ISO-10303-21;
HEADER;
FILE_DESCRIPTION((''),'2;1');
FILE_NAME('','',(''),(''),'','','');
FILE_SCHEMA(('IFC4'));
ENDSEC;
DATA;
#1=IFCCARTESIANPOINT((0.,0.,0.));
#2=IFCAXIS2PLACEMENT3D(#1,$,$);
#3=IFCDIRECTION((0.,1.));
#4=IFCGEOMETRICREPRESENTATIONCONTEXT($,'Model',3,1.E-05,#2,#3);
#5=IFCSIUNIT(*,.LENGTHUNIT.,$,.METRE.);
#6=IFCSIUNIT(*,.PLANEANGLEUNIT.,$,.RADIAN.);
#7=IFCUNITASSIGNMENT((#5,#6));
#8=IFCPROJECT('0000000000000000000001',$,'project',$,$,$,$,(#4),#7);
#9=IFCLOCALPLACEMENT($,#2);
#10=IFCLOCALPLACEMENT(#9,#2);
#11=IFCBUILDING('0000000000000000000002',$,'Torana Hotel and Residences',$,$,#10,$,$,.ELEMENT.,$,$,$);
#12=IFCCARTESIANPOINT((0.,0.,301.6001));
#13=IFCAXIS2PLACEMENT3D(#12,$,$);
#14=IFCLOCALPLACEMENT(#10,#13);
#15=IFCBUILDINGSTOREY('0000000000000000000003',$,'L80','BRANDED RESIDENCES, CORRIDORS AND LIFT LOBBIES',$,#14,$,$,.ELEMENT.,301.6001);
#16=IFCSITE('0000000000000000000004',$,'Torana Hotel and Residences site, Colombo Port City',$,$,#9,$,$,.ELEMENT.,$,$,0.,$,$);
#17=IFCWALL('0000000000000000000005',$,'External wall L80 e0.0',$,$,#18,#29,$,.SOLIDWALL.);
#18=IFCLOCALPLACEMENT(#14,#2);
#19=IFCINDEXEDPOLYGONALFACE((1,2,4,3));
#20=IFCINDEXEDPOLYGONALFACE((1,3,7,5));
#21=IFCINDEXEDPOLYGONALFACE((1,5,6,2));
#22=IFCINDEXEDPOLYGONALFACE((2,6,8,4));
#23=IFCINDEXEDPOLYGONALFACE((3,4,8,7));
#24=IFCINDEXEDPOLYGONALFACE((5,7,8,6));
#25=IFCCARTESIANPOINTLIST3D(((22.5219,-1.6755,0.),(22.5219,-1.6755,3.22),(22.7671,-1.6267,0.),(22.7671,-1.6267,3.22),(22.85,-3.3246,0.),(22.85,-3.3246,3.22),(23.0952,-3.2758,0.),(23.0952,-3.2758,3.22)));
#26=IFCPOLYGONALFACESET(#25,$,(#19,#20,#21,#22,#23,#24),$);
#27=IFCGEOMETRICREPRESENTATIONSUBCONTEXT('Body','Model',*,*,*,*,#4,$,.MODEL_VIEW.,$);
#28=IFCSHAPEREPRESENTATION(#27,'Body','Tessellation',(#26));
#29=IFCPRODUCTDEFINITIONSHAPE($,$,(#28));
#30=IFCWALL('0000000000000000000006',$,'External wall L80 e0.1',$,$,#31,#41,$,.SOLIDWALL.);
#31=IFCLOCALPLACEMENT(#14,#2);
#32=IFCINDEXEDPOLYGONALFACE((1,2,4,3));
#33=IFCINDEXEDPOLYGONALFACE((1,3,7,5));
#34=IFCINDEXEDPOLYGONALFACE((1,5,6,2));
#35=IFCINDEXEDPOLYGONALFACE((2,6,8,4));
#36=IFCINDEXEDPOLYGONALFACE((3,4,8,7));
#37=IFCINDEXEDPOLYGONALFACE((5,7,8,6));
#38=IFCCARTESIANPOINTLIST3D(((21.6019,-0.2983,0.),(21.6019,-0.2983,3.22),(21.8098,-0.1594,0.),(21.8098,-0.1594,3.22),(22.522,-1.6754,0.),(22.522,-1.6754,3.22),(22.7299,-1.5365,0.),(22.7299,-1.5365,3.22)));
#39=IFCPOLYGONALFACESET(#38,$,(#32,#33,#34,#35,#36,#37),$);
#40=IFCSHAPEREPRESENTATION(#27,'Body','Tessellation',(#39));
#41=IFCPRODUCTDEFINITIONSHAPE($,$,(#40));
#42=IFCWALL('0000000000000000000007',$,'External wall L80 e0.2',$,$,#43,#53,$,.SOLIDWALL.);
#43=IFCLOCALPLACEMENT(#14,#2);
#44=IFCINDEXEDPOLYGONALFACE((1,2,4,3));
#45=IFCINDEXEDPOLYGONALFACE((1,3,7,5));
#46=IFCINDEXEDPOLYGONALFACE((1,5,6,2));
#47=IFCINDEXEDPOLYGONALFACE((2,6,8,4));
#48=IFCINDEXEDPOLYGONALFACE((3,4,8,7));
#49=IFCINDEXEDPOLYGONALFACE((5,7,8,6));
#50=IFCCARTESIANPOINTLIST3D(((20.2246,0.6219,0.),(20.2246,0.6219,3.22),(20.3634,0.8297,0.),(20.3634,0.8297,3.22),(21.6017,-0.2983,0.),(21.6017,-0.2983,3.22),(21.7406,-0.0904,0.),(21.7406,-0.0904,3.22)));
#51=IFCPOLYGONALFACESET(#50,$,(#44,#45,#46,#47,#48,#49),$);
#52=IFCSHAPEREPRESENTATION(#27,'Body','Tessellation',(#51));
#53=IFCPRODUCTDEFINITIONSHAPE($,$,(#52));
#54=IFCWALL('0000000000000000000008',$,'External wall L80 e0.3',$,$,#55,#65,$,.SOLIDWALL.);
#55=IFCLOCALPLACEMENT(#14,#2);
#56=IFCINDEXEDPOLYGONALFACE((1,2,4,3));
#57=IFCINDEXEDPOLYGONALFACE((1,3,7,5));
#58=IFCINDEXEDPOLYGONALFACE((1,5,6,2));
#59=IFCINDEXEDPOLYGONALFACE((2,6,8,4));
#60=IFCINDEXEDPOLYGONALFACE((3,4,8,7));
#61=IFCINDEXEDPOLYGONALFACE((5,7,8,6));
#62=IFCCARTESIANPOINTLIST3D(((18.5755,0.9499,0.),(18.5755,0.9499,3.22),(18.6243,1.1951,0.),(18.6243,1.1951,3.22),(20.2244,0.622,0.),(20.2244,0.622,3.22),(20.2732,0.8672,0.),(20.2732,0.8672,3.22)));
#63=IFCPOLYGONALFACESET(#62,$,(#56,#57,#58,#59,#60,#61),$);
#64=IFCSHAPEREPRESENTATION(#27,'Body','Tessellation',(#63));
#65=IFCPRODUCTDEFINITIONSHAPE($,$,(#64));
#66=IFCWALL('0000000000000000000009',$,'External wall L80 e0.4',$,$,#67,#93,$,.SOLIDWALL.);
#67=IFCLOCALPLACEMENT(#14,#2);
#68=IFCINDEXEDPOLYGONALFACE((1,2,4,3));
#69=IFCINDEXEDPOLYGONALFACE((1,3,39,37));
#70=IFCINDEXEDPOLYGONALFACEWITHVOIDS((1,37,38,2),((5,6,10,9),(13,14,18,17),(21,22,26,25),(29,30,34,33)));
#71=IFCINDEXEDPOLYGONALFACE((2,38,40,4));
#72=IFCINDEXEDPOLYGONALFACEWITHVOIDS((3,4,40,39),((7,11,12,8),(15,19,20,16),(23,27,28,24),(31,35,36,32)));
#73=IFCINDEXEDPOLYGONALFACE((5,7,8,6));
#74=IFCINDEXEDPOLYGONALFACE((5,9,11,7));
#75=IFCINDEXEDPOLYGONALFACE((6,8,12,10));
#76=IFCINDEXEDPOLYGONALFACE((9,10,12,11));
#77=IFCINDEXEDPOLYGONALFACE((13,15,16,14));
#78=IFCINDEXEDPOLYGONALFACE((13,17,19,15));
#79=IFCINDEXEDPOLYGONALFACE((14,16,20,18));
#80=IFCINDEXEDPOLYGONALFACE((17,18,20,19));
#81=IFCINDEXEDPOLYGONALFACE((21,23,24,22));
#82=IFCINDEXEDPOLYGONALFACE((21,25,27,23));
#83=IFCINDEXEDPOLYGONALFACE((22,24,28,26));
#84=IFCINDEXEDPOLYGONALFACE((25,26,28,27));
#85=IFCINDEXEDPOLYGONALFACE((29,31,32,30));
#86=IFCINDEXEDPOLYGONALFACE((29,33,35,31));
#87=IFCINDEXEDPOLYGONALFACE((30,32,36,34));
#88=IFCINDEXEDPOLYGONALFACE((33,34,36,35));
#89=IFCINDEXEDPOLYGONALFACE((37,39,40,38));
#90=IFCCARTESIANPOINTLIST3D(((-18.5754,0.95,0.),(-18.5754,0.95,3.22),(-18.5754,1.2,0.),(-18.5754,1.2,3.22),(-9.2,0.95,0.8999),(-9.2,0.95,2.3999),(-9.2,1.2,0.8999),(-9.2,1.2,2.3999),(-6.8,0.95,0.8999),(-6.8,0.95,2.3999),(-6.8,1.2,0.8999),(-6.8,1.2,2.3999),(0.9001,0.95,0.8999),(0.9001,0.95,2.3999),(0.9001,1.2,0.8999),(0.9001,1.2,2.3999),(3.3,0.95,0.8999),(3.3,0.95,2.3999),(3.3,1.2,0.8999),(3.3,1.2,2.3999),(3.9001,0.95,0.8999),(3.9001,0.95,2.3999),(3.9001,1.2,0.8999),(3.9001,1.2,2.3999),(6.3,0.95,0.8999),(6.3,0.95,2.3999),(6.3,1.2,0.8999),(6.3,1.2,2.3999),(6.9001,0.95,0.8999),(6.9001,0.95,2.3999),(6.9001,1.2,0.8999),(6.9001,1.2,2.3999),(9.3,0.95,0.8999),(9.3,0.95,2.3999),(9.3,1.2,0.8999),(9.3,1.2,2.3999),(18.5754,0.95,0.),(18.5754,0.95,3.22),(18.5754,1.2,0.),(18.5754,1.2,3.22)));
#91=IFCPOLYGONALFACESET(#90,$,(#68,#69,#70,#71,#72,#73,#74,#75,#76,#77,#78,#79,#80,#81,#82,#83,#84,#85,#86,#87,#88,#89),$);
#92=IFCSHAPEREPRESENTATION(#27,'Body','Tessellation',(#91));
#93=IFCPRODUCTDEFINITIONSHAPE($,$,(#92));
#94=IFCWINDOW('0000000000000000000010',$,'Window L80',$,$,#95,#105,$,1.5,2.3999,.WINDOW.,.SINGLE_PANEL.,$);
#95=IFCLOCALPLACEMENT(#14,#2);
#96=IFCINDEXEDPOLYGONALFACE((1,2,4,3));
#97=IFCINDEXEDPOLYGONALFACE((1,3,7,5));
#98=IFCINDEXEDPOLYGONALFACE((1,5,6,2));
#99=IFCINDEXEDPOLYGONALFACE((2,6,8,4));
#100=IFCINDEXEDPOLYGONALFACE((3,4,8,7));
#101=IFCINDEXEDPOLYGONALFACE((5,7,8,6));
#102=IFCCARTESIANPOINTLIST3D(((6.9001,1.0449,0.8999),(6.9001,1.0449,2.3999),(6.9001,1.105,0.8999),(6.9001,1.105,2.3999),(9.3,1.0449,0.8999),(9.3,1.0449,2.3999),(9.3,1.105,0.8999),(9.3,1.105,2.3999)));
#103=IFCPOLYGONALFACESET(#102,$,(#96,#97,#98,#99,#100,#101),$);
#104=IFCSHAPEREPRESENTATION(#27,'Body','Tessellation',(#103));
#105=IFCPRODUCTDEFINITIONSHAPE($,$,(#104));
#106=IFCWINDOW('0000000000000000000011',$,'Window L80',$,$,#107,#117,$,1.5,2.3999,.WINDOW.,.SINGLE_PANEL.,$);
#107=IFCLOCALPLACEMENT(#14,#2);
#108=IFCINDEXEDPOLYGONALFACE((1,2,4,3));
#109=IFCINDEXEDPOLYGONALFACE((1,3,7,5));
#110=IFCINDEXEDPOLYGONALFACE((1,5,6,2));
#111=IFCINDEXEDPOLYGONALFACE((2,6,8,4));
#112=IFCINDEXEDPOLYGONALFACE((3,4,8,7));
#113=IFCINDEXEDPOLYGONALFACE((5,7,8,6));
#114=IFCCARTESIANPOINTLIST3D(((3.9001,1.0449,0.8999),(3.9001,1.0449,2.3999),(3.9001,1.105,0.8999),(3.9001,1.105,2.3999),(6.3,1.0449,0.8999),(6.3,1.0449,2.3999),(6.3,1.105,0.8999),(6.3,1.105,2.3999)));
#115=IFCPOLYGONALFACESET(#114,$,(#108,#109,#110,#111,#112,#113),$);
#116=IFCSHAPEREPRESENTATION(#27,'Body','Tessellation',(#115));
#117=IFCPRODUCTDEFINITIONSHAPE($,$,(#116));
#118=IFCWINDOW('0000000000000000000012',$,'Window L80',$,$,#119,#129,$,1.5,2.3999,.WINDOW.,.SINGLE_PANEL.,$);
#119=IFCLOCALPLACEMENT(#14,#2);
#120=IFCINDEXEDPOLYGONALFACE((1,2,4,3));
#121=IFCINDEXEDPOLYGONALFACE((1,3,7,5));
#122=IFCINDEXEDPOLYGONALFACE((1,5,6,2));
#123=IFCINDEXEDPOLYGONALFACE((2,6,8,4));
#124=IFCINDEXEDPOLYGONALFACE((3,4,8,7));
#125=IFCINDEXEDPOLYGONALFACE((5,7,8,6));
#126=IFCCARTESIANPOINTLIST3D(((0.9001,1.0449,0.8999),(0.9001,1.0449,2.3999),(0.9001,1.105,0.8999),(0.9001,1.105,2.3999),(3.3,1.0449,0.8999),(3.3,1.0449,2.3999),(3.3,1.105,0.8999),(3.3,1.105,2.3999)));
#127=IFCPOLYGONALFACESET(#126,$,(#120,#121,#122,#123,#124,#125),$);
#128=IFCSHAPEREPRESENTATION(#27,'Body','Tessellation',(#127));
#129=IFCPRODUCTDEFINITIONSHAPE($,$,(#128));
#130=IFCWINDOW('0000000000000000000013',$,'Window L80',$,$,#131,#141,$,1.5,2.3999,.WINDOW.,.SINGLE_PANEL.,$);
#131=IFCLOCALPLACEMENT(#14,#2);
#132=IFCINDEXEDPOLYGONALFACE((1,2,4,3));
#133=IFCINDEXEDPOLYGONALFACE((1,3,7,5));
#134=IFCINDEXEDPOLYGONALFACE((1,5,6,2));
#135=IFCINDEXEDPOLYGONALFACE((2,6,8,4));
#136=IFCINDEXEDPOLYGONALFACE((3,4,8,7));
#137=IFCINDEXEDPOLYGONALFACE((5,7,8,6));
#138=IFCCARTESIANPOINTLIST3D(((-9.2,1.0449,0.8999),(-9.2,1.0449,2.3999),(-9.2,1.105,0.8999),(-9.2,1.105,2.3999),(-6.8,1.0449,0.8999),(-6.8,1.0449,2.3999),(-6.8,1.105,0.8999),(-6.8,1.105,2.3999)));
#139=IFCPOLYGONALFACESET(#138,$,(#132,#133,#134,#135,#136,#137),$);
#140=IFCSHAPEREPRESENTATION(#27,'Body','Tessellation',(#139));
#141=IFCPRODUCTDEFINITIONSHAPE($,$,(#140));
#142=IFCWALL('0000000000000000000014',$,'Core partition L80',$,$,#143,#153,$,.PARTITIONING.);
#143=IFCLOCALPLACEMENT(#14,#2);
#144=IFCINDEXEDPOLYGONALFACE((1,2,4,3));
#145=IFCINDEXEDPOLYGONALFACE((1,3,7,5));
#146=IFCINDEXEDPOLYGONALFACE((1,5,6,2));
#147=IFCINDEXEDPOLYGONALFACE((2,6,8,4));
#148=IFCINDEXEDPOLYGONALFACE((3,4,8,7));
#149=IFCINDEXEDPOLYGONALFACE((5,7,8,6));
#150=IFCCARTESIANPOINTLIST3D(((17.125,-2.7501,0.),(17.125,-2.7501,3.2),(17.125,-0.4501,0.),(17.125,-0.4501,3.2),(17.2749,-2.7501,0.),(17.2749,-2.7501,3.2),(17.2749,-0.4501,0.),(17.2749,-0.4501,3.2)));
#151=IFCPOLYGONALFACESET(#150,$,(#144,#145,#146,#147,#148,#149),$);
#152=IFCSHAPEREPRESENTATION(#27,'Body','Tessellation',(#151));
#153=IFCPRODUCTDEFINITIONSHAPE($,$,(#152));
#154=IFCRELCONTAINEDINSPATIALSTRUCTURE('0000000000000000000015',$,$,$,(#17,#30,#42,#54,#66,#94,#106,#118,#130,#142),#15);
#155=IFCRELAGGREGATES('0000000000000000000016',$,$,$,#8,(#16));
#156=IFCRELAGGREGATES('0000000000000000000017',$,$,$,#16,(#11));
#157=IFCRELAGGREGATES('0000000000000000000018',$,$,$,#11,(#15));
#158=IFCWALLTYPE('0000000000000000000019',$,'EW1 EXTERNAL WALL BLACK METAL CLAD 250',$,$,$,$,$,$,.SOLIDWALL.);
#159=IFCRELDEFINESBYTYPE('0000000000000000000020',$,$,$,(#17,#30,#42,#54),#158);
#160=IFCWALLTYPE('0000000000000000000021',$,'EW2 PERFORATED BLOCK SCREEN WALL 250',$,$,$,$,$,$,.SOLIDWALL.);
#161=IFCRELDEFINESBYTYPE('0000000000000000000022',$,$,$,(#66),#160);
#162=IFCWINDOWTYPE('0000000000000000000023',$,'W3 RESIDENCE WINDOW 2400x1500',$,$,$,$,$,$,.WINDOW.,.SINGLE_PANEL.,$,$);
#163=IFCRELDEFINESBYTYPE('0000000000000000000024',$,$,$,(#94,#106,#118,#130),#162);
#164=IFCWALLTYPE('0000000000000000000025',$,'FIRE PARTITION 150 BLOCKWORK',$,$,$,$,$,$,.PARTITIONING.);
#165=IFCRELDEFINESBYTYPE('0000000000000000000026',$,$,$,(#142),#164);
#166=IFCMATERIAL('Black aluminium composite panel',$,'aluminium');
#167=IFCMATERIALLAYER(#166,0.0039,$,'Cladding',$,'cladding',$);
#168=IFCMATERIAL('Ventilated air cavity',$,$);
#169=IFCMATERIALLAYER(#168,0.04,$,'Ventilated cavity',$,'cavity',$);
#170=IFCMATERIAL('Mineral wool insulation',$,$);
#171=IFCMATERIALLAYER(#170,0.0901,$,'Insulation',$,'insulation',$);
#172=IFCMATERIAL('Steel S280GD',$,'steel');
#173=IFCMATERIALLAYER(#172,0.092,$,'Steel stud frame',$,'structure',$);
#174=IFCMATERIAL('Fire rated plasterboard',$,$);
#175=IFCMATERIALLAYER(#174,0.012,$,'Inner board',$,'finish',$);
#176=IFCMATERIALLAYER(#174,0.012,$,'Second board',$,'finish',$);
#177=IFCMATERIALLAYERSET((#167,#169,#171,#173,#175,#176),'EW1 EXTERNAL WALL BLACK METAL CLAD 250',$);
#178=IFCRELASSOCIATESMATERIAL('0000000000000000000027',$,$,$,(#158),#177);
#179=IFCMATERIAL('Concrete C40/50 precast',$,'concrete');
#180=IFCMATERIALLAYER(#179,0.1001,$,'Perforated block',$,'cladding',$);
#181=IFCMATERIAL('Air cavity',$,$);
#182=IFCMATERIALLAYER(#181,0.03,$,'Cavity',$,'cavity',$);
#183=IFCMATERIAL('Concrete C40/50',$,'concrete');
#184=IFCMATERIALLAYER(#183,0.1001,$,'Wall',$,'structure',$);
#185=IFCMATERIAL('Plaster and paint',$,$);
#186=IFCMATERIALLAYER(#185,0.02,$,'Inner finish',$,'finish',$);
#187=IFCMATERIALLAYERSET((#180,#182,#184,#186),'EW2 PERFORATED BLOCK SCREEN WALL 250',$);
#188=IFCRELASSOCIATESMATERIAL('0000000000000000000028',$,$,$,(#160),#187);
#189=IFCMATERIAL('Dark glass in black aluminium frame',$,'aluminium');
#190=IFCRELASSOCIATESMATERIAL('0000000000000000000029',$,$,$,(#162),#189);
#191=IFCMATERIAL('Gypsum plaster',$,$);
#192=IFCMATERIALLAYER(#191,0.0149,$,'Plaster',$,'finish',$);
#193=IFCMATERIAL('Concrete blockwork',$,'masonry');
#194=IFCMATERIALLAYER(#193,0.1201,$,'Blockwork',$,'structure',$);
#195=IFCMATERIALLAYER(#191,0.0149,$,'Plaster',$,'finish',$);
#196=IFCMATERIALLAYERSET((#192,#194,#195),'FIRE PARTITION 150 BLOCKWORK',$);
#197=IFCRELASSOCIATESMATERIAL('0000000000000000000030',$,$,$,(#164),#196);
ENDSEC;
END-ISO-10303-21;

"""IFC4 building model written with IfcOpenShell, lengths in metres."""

from ifc_helpers import new_model, si_unit, direction, frame, frame_2d, origin, place, context, subcontext, project, spatial, rectangle, extrude, material, layer, layer_set, type_object, element, fill, save


model = new_model("IFC4")

# Units and contexts
model_context = context("Model", 3, precision=1e-05, world=origin(), true_north=direction((0.0, 1.0)))
body_context = subcontext(model_context, "Body", "Model", "MODEL_VIEW")
ifc_project = project(units=[si_unit("LENGTHUNIT", "METRE"), si_unit("PLANEANGLEUNIT", "RADIAN")], contexts=[model_context])

# Site, building, storey
site_placement = place(None, origin())
site = spatial("IfcSite", under=ifc_project, at=site_placement, Name="Torana Hotel and Residences site, Colombo Port City", CompositionType="ELEMENT", RefElevation=0.0)
building_placement = place(site_placement, origin())
building = spatial("IfcBuilding", under=site, at=building_placement, Name="Torana Hotel and Residences", CompositionType="ELEMENT")
storey_placement = place(building_placement, frame((0.0, 0.0, 301.6001)))
storey = spatial("IfcBuildingStorey", under=building, at=storey_placement, Name="L80", Description="BRANDED RESIDENCES, CORRIDORS AND LIFT LOBBIES", CompositionType="ELEMENT", Elevation=301.6001)

# Walls
ifc_material_1 = material(Name="Black aluminium composite panel", Category="aluminium")
ifc_layer_1 = layer(ifc_material_1, 0.0039, Name="Cladding", Category="cladding")
ifc_material_2 = material(Name="Ventilated air cavity")
ifc_layer_2 = layer(ifc_material_2, 0.04, Name="Ventilated cavity", Category="cavity")
ifc_material_3 = material(Name="Mineral wool insulation")
ifc_layer_3 = layer(ifc_material_3, 0.0901, Name="Insulation", Category="insulation")
ifc_material_4 = material(Name="Steel S280GD", Category="steel")
ifc_layer_4 = layer(ifc_material_4, 0.092, Name="Steel stud frame", Category="structure")
ifc_material_5 = material(Name="Fire rated plasterboard")
ifc_layer_5 = layer(ifc_material_5, 0.012, Name="Inner board", Category="finish")
ifc_layer_6 = layer(ifc_material_5, 0.012, Name="Second board", Category="finish")
ifc_layer_set_1 = layer_set([ifc_layer_1, ifc_layer_2, ifc_layer_3, ifc_layer_4, ifc_layer_5, ifc_layer_6], Name="EW1 EXTERNAL WALL BLACK METAL CLAD 250")
wall_type_1 = type_object("IfcWallType", Name="EW1 EXTERNAL WALL BLACK METAL CLAD 250", PredefinedType="SOLIDWALL", material=ifc_layer_set_1)
wall_1_placement = place(storey_placement, frame((22.9727, -3.3003, 0.0), z_axis=(0.0, 0.0, 1.0), x_axis=(-0.195139, 0.980776, 0.0)))
element("IfcWall", 1, at=wall_1_placement, inside=storey, type_object=wall_type_1, Name="External wall L80 e0.0", PredefinedType="SOLIDWALL", context=body_context, shape_type="SweptSolid", body=[
    extrude(rectangle(XDim=1.6814, YDim=0.25, at=frame_2d((0.8408, 0.0))), origin(), (0.0, 0.0, 1.0), 3.22),
])
for number, where, z_axis, x_axis, name in (
    (2, (22.626, -1.606, 0.0), (0.0, 0.0, 1.0), (-0.55555, 0.831483, 0.0), "External wall L80 e0.1"),
    (3, (21.6711, -0.1943, 0.0), (0.0, 0.0, 1.0), (-0.831483, 0.55555, 0.0), "External wall L80 e0.2"),
):
    element("IfcWall", number, at=place(storey_placement, frame(where, z_axis=z_axis, x_axis=x_axis)), inside=storey, type_object=wall_type_1, Name=name, PredefinedType="SOLIDWALL", context=body_context, shape_type="SweptSolid", body=[
        extrude(rectangle(XDim=1.6562, YDim=0.25, at=frame_2d((0.8281, 0.0))), origin(), (0.0, 0.0, 1.0), 3.22),
    ])
wall_2_placement = place(storey_placement, frame((20.2488, 0.7446, 0.0), z_axis=(0.0, 0.0, 1.0), x_axis=(-0.980798, 0.195027, 0.0)))
element("IfcWall", 4, at=wall_2_placement, inside=storey, type_object=wall_type_1, Name="External wall L80 e0.3", PredefinedType="SOLIDWALL", context=body_context, shape_type="SweptSolid", body=[
    extrude(rectangle(XDim=1.6812, YDim=0.25, at=frame_2d((0.8406, 0.0))), origin(), (0.0, 0.0, 1.0), 3.22),
])

# Wall, openings, windows
ifc_material_6 = material(Name="Concrete C40/50 precast", Category="concrete")
ifc_layer_7 = layer(ifc_material_6, 0.1001, Name="Perforated block", Category="cladding")
ifc_material_7 = material(Name="Air cavity")
ifc_layer_8 = layer(ifc_material_7, 0.03, Name="Cavity", Category="cavity")
ifc_material_8 = material(Name="Concrete C40/50", Category="concrete")
ifc_layer_9 = layer(ifc_material_8, 0.1001, Name="Wall", Category="structure")
ifc_material_9 = material(Name="Plaster and paint")
ifc_layer_10 = layer(ifc_material_9, 0.02, Name="Inner finish", Category="finish")
ifc_layer_set_2 = layer_set([ifc_layer_7, ifc_layer_8, ifc_layer_9, ifc_layer_10], Name="EW2 PERFORATED BLOCK SCREEN WALL 250")
wall_type_2 = type_object("IfcWallType", Name="EW2 PERFORATED BLOCK SCREEN WALL 250", PredefinedType="SOLIDWALL", material=ifc_layer_set_2)
wall_3_placement = place(storey_placement, frame((18.5754, 1.075, 0.0), z_axis=(0.0, 0.0, 1.0), x_axis=(-1.0, 0.0, 0.0)))
wall_3 = element("IfcWall", 5, at=wall_3_placement, inside=storey, type_object=wall_type_2, Name="External wall L80 e0.4", PredefinedType="SOLIDWALL", context=body_context, shape_type="SweptSolid", body=[
    extrude(rectangle(XDim=37.1509, YDim=0.25, at=frame_2d((18.5754, 0.0))), origin(), (0.0, 0.0, 1.0), 3.22),
])
opening_1_placement = place(wall_3_placement, frame((9.2754, 0.0, 0.8999)))
opening_1 = element("IfcOpeningElement", 6, at=opening_1_placement, cuts=wall_3, PredefinedType="OPENING", context=body_context, shape_type="SweptSolid", body=[
    extrude(rectangle(XDim=2.3999, YDim=1.5, at=frame_2d((1.2, 0.75))), frame((0.0, 0.135, 0.0), z_axis=(0.0, -1.0, 0.0), x_axis=(1.0, 0.0, 0.0)), (0.0, 0.0, 1.0), 0.27),
])
opening_2_placement = place(wall_3_placement, frame((12.2754, 0.0, 0.8999)))
opening_2 = element("IfcOpeningElement", 7, at=opening_2_placement, cuts=wall_3, PredefinedType="OPENING", context=body_context, shape_type="SweptSolid", body=[
    extrude(rectangle(XDim=2.3999, YDim=1.5, at=frame_2d((1.2, 0.75))), frame((0.0, 0.135, 0.0), z_axis=(0.0, -1.0, 0.0), x_axis=(1.0, 0.0, 0.0)), (0.0, 0.0, 1.0), 0.27),
])
opening_3_placement = place(wall_3_placement, frame((15.2754, 0.0, 0.8999)))
opening_3 = element("IfcOpeningElement", 8, at=opening_3_placement, cuts=wall_3, PredefinedType="OPENING", context=body_context, shape_type="SweptSolid", body=[
    extrude(rectangle(XDim=2.3999, YDim=1.5, at=frame_2d((1.2, 0.75))), frame((0.0, 0.135, 0.0), z_axis=(0.0, -1.0, 0.0), x_axis=(1.0, 0.0, 0.0)), (0.0, 0.0, 1.0), 0.27),
])
opening_4_placement = place(wall_3_placement, frame((25.3755, 0.0, 0.8999)))
opening_4 = element("IfcOpeningElement", 9, at=opening_4_placement, cuts=wall_3, PredefinedType="OPENING", context=body_context, shape_type="SweptSolid", body=[
    extrude(rectangle(XDim=2.3999, YDim=1.5, at=frame_2d((1.2, 0.75))), frame((0.0, 0.135, 0.0), z_axis=(0.0, -1.0, 0.0), x_axis=(1.0, 0.0, 0.0)), (0.0, 0.0, 1.0), 0.27),
])
ifc_material_10 = material(Name="Dark glass in black aluminium frame", Category="aluminium")
window_type = type_object("IfcWindowType", Name="W3 RESIDENCE WINDOW 2400x1500", PartitioningType="SINGLE_PANEL", PredefinedType="WINDOW", material=ifc_material_10)
window_1_placement = place(opening_1_placement, origin())
window_1 = element("IfcWindow", 10, at=window_1_placement, inside=storey, type_object=window_type, Name="Window L80", OverallHeight=1.5, OverallWidth=2.3999, PartitioningType="SINGLE_PANEL", PredefinedType="WINDOW", context=body_context, shape_type="SweptSolid", body=[
    extrude(rectangle(XDim=2.3999, YDim=1.5, at=frame_2d((1.2, 0.75))), frame((0.0, 0.03, 0.0), z_axis=(0.0, -1.0, 0.0), x_axis=(1.0, 0.0, 0.0)), (0.0, 0.0, 1.0), 0.0601),
])
fill(opening_1, window_1)
window_2_placement = place(opening_2_placement, origin())
window_2 = element("IfcWindow", 11, at=window_2_placement, inside=storey, type_object=window_type, Name="Window L80", OverallHeight=1.5, OverallWidth=2.3999, PartitioningType="SINGLE_PANEL", PredefinedType="WINDOW", context=body_context, shape_type="SweptSolid", body=[
    extrude(rectangle(XDim=2.3999, YDim=1.5, at=frame_2d((1.2, 0.75))), frame((0.0, 0.03, 0.0), z_axis=(0.0, -1.0, 0.0), x_axis=(1.0, 0.0, 0.0)), (0.0, 0.0, 1.0), 0.0601),
])
fill(opening_2, window_2)
window_3_placement = place(opening_3_placement, origin())
window_3 = element("IfcWindow", 12, at=window_3_placement, inside=storey, type_object=window_type, Name="Window L80", OverallHeight=1.5, OverallWidth=2.3999, PartitioningType="SINGLE_PANEL", PredefinedType="WINDOW", context=body_context, shape_type="SweptSolid", body=[
    extrude(rectangle(XDim=2.3999, YDim=1.5, at=frame_2d((1.2, 0.75))), frame((0.0, 0.03, 0.0), z_axis=(0.0, -1.0, 0.0), x_axis=(1.0, 0.0, 0.0)), (0.0, 0.0, 1.0), 0.0601),
])
fill(opening_3, window_3)
window_4_placement = place(opening_4_placement, origin())
window_4 = element("IfcWindow", 13, at=window_4_placement, inside=storey, type_object=window_type, Name="Window L80", OverallHeight=1.5, OverallWidth=2.3999, PartitioningType="SINGLE_PANEL", PredefinedType="WINDOW", context=body_context, shape_type="SweptSolid", body=[
    extrude(rectangle(XDim=2.3999, YDim=1.5, at=frame_2d((1.2, 0.75))), frame((0.0, 0.03, 0.0), z_axis=(0.0, -1.0, 0.0), x_axis=(1.0, 0.0, 0.0)), (0.0, 0.0, 1.0), 0.0601),
])
fill(opening_4, window_4)

# Wall
ifc_material_11 = material(Name="Gypsum plaster")
ifc_layer_11 = layer(ifc_material_11, 0.0149, Name="Plaster", Category="finish")
ifc_material_12 = material(Name="Concrete blockwork", Category="masonry")
ifc_layer_12 = layer(ifc_material_12, 0.1201, Name="Blockwork", Category="structure")
ifc_layer_13 = layer(ifc_material_11, 0.0149, Name="Plaster", Category="finish")
ifc_layer_set_3 = layer_set([ifc_layer_11, ifc_layer_12, ifc_layer_13], Name="FIRE PARTITION 150 BLOCKWORK")
wall_type_3 = type_object("IfcWallType", Name="FIRE PARTITION 150 BLOCKWORK", PredefinedType="PARTITIONING", material=ifc_layer_set_3)
wall_4_placement = place(storey_placement, frame((17.2, -2.75, 0.0), z_axis=(0.0, 0.0, 1.0), x_axis=(0.0, 1.0, 0.0)))
element("IfcWall", 14, at=wall_4_placement, inside=storey, type_object=wall_type_3, Name="Core partition L80", PredefinedType="PARTITIONING", context=body_context, shape_type="SweptSolid", body=[
    extrude(rectangle(XDim=2.3, YDim=0.1499, at=frame_2d((1.1499, 0.0))), origin(), (0.0, 0.0, 1.0), 3.2),
])

save(model, "model.ifc")
